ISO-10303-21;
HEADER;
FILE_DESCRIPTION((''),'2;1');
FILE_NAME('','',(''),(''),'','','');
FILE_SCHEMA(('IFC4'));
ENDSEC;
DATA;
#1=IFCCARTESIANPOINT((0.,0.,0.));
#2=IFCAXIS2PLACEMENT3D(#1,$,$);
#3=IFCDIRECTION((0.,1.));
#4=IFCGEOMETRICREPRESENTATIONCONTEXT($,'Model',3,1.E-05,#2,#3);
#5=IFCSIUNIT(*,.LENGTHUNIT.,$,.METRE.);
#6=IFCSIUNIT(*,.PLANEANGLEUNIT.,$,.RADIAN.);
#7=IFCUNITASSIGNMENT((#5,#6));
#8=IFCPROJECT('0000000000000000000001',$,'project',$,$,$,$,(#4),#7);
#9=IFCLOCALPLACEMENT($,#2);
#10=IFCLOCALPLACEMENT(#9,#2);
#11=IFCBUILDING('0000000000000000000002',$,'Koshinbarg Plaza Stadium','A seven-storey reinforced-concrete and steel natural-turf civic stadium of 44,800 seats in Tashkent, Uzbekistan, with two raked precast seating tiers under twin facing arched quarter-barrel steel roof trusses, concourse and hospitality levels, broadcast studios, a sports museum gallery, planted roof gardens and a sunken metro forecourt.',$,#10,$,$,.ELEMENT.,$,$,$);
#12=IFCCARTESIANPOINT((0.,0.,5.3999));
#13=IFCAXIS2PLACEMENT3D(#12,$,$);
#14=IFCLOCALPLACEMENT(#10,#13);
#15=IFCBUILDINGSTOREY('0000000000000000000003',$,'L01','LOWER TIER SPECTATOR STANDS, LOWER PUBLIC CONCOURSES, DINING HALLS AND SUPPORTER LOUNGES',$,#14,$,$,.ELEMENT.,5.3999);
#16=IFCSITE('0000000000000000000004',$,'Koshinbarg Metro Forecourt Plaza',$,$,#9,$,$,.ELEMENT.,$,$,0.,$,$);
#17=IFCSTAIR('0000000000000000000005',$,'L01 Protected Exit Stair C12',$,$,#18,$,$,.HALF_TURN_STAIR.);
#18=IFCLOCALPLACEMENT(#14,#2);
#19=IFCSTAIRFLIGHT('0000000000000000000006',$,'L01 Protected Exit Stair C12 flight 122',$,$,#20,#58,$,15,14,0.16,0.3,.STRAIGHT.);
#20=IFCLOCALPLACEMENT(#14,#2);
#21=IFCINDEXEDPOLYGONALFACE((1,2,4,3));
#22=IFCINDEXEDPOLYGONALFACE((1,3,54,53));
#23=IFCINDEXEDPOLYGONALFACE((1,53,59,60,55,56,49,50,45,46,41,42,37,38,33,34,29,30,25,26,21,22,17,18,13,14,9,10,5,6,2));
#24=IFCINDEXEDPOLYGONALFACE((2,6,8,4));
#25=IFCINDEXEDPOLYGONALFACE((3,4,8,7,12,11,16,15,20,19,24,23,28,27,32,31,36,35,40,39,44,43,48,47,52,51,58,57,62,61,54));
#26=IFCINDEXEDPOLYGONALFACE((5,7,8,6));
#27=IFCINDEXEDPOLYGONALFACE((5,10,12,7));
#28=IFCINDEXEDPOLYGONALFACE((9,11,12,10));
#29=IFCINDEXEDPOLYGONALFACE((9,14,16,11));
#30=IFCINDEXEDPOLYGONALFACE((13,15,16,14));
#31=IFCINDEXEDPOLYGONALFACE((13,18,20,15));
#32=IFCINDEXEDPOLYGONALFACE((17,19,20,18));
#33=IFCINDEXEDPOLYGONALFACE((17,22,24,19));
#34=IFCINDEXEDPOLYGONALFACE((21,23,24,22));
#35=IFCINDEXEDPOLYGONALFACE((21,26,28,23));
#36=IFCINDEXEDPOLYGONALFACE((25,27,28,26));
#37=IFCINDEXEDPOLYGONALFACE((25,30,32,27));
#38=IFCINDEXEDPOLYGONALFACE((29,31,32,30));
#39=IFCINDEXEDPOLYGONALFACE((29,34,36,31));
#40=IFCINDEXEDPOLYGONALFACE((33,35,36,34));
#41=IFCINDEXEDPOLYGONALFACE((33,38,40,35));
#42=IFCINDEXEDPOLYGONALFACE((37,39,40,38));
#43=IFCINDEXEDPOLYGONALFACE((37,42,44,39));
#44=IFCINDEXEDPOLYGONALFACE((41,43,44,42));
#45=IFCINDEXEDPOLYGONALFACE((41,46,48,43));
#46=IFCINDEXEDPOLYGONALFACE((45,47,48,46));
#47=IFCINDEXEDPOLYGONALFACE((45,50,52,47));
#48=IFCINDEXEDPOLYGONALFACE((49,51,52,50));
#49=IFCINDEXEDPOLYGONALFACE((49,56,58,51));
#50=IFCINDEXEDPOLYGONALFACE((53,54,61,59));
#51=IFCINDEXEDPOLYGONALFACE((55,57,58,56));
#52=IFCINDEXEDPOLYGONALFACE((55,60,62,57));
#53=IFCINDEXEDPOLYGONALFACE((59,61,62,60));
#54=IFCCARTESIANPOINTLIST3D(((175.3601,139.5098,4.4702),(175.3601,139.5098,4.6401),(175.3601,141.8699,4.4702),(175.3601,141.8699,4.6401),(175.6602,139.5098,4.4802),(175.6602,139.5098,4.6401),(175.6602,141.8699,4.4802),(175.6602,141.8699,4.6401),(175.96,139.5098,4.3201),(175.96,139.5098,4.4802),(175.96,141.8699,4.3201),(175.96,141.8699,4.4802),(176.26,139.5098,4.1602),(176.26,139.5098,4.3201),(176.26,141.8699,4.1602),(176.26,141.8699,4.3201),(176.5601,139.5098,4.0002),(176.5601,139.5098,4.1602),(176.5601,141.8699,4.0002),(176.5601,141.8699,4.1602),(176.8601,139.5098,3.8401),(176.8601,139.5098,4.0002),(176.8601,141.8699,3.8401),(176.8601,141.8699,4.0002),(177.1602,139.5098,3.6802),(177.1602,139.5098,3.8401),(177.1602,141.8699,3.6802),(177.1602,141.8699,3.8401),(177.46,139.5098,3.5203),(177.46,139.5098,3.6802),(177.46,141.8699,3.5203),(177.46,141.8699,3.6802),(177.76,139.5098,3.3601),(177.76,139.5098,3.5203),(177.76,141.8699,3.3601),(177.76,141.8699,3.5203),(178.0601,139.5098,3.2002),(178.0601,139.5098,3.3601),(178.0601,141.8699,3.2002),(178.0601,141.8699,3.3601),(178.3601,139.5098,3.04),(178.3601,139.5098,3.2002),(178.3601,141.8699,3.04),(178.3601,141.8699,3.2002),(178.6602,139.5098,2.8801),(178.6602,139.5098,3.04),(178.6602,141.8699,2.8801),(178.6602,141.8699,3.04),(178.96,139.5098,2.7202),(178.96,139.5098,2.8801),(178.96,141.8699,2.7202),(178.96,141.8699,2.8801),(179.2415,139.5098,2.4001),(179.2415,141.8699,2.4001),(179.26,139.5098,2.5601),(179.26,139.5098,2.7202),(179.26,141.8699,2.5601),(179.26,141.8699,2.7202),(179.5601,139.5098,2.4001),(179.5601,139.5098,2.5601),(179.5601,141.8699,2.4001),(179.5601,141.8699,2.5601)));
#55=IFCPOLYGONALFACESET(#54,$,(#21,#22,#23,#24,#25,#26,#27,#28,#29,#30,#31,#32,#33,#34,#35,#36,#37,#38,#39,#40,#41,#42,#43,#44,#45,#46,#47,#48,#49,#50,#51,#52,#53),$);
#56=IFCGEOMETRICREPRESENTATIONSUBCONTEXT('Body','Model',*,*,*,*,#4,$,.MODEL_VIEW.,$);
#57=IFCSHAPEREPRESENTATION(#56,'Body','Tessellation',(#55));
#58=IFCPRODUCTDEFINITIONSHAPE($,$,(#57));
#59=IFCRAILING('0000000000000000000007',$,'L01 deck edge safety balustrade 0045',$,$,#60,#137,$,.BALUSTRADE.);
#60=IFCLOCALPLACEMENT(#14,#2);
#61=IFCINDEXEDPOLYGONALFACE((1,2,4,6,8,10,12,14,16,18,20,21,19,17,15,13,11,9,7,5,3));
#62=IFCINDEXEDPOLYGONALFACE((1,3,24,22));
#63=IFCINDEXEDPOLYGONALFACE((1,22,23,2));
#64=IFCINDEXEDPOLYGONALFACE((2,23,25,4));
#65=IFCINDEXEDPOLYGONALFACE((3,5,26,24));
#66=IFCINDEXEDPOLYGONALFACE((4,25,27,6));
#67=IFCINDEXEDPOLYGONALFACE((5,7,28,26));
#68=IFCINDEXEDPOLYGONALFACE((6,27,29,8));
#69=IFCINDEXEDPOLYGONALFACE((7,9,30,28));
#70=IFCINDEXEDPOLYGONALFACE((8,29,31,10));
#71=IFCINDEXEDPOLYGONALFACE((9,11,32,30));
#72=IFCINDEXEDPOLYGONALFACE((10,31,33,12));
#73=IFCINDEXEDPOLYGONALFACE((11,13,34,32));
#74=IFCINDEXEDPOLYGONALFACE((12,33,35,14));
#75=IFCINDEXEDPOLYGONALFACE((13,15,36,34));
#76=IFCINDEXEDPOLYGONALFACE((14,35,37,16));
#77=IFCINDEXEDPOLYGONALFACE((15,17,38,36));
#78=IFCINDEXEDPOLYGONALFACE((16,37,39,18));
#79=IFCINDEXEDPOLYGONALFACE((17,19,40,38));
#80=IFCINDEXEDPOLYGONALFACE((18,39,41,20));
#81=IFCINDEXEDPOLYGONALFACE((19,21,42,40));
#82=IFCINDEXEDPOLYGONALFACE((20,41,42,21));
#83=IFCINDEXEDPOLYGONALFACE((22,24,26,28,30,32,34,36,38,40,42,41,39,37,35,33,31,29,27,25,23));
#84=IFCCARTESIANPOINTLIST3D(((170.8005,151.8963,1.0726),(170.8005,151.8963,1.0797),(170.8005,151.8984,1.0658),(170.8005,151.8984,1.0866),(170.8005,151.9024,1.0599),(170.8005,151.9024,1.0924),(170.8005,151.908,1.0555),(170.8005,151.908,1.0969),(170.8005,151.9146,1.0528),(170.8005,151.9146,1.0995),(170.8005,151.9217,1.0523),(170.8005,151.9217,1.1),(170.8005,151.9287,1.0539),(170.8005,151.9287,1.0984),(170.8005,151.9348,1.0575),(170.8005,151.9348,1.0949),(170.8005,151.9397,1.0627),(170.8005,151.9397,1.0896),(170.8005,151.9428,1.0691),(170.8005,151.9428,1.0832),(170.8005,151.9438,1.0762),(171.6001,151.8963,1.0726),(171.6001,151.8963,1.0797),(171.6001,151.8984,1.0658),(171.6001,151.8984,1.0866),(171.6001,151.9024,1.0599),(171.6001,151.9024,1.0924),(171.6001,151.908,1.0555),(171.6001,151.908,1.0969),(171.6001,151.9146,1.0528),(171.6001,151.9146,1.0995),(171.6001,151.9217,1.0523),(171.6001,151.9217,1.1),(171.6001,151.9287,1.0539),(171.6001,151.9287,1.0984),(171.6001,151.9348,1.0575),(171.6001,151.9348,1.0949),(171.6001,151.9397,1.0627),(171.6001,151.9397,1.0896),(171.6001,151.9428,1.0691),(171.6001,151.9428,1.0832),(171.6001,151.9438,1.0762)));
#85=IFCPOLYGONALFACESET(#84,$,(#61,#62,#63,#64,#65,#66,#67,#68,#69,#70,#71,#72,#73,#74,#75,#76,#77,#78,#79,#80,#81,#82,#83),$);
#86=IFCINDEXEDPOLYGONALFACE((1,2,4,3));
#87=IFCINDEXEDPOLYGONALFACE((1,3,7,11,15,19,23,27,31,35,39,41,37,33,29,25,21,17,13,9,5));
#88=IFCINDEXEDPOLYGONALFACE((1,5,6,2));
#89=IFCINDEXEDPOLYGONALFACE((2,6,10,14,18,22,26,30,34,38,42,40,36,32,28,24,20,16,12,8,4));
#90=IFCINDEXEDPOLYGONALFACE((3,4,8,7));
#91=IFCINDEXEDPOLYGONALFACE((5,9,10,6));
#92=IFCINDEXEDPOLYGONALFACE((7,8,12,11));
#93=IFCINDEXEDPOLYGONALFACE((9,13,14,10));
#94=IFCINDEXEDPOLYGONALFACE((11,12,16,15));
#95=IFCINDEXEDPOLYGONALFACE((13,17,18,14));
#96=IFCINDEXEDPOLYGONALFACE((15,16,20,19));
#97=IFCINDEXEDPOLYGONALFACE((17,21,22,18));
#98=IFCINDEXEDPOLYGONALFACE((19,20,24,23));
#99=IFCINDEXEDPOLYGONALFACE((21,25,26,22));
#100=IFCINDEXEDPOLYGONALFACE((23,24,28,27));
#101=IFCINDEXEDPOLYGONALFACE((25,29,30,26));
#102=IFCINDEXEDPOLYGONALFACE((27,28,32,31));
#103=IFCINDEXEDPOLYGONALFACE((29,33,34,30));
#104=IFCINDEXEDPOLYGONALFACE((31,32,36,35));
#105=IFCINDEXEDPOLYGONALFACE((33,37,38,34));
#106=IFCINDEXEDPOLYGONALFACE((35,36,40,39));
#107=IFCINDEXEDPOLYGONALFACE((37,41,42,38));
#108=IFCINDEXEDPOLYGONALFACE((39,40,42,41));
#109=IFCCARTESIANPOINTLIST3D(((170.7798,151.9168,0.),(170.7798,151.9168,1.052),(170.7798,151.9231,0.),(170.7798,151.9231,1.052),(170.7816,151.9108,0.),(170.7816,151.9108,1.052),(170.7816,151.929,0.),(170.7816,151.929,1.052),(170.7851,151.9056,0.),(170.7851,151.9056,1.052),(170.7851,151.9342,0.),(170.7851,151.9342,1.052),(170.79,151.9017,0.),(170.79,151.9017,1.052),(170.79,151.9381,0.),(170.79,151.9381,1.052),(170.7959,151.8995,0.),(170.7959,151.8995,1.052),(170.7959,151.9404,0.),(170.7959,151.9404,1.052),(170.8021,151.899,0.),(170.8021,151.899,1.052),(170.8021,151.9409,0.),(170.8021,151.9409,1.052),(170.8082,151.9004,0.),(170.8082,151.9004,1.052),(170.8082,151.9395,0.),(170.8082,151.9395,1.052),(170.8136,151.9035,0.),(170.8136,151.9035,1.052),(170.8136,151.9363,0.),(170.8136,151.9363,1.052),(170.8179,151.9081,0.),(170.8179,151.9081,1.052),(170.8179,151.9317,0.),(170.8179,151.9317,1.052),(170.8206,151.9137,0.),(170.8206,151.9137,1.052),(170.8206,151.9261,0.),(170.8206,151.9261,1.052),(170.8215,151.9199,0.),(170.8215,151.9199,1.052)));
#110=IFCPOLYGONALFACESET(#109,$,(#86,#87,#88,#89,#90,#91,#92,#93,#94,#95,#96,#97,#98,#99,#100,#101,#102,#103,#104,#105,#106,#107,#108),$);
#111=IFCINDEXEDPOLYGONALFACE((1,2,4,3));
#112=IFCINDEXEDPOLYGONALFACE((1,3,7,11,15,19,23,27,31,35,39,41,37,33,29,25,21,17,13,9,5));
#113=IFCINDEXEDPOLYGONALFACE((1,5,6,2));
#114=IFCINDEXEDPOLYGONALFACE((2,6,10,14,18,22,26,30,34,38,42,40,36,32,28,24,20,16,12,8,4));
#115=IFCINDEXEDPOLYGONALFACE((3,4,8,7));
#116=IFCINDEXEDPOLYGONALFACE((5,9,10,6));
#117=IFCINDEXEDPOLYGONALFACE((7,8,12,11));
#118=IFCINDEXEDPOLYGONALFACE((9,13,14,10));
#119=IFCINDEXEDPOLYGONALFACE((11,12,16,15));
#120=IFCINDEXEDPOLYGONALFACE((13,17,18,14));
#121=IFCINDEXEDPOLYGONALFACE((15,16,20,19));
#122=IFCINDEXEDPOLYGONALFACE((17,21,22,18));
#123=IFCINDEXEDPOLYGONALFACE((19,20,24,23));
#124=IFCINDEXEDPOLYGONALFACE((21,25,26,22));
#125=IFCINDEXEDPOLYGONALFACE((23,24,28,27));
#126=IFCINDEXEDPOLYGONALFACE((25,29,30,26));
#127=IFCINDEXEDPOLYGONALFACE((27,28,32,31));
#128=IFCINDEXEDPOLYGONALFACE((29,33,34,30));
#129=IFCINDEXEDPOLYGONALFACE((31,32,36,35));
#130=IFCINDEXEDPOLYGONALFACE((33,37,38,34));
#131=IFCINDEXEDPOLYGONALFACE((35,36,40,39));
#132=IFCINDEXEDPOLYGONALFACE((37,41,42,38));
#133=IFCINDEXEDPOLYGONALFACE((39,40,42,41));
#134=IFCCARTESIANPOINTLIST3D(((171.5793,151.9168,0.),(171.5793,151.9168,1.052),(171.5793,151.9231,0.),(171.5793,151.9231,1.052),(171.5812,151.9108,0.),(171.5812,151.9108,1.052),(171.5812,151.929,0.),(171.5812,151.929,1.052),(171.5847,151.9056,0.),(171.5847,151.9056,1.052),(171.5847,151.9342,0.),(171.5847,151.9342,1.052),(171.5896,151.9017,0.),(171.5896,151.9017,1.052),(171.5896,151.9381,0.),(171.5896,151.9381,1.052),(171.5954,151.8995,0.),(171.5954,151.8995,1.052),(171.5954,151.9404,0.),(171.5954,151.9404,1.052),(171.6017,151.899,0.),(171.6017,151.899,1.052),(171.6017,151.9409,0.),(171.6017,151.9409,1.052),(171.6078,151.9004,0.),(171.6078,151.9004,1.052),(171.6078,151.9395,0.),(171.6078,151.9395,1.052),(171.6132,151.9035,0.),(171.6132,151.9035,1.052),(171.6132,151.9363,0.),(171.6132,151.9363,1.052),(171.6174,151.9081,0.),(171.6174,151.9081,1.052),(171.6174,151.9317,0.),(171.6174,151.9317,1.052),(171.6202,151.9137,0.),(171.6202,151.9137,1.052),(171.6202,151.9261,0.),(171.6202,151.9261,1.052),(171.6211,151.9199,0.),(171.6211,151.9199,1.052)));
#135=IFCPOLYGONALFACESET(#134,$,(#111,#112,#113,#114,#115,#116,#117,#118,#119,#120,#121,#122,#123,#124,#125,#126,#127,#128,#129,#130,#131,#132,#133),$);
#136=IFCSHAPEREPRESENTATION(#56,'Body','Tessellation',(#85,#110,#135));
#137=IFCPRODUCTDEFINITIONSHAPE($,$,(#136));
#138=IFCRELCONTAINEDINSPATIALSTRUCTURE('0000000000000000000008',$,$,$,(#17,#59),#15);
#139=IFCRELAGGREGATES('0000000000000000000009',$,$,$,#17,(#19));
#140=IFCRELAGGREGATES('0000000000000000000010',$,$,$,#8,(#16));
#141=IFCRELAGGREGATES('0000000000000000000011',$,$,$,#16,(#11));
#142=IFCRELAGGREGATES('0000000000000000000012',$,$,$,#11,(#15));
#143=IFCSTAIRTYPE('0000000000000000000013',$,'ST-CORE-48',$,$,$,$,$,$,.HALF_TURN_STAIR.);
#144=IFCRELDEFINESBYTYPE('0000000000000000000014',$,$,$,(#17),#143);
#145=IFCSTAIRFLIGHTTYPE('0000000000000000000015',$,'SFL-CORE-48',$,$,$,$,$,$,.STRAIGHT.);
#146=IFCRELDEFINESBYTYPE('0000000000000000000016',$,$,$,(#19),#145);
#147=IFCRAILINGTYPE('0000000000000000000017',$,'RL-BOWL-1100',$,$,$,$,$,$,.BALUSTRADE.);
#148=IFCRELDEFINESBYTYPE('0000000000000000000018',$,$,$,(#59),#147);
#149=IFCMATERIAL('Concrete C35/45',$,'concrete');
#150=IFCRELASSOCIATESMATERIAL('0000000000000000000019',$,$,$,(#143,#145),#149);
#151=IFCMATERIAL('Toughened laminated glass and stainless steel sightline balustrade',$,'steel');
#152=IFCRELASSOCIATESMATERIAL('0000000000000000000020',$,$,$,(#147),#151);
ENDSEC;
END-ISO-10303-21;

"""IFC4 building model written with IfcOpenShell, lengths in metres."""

from ifc_helpers import new_model, si_unit, direction, frame, origin, origin_2d, place, context, subcontext, project, spatial, polyline, circle, outline, extrude, material, type_object, element, aggregate, save


model = new_model("IFC4")

# Units and contexts
model_context = context("Model", 3, precision=1e-05, world=origin(), true_north=direction((0.0, 1.0)))
body_context = subcontext(model_context, "Body", "Model", "MODEL_VIEW")
ifc_project = project(units=[si_unit("LENGTHUNIT", "METRE"), si_unit("PLANEANGLEUNIT", "RADIAN")], contexts=[model_context])

# Site, building, storey
site_placement = place(None, origin())
site = spatial("IfcSite", under=ifc_project, at=site_placement, Name="Koshinbarg Metro Forecourt Plaza", CompositionType="ELEMENT", RefElevation=0.0)
building_placement = place(site_placement, origin())
building = spatial("IfcBuilding", under=site, at=building_placement, Name="Koshinbarg Plaza Stadium", Description="A seven-storey reinforced-concrete and steel natural-turf civic stadium of 44,800 seats in Tashkent, Uzbekistan, with two raked precast seating tiers under twin facing arched quarter-barrel steel roof trusses, concourse and hospitality levels, broadcast studios, a sports museum gallery, planted roof gardens and a sunken metro forecourt.", CompositionType="ELEMENT")
storey_placement = place(building_placement, frame((0.0, 0.0, 5.3999)))
storey = spatial("IfcBuildingStorey", under=building, at=storey_placement, Name="L01", Description="LOWER TIER SPECTATOR STANDS, LOWER PUBLIC CONCOURSES, DINING HALLS AND SUPPORTER LOUNGES", CompositionType="ELEMENT", Elevation=5.3999)

# Stair, stair flight
ifc_material_1 = material(Name="Concrete C35/45", Category="concrete")
stair_type = type_object("IfcStairType", Name="ST-CORE-48", PredefinedType="HALF_TURN_STAIR", material=ifc_material_1)
stair_placement = place(storey_placement, origin())
stair = element("IfcStair", 1, at=stair_placement, inside=storey, type_object=stair_type, Name="L01 Protected Exit Stair C12", PredefinedType="HALF_TURN_STAIR")
stair_flight_type = type_object("IfcStairFlightType", Name="SFL-CORE-48", PredefinedType="STRAIGHT", material=ifc_material_1)
stair_flight_1_placement = place(storey_placement, frame((179.5601, 140.6899, 2.4001), z_axis=(0.0, 0.0, 1.0), x_axis=(-1.0, 0.0, 0.0)))
stair_flight_1 = element("IfcStairFlight", 2, at=stair_flight_1_placement, type_object=stair_flight_type, Name="L01 Protected Exit Stair C12 flight 122", NumberOfRisers=15, NumberOfTreads=14, PredefinedType="STRAIGHT", RiserHeight=0.16, TreadLength=0.3, context=body_context, shape_type="SweptSolid", body=[
    extrude(outline(polyline([(0.0, 0.0), (0.0, 0.1599), (0.3, 0.1599), (0.3, 0.3201), (0.6001, 0.3201), (0.6001, 0.48), (0.8999, 0.48), (0.8999, 0.6399), (1.2, 0.6399), (1.2, 0.8), (1.5, 0.8), (1.5, 0.96), (1.8, 0.96), (1.8, 1.1201), (2.1001, 1.1201), (2.1001, 1.28), (2.3999, 1.28), (2.3999, 1.4399), (2.7, 1.4399), (2.7, 1.6001), (3.0, 1.6001), (3.0, 1.76), (3.3, 1.76), (3.3, 1.9199), (3.6001, 1.9199), (3.6001, 2.0801), (3.8999, 2.0801), (3.8999, 2.24), (4.2, 2.24), (4.2, 2.3999), (4.2, 2.0701), (0.3186, 0.0), (0.0, 0.0)])), frame((0.0, 1.1802, 0.0), z_axis=(0.0, -1.0, 0.0), x_axis=(1.0, 0.0, 0.0)), (0.0, 0.0, 1.0), 2.3601),
])
aggregate(stair, [stair_flight_1])

# Railing
ifc_material_2 = material(Name="Toughened laminated glass and stainless steel sightline balustrade", Category="steel")
railing_type_1 = type_object("IfcRailingType", Name="RL-BOWL-1100", PredefinedType="BALUSTRADE", material=ifc_material_2)
railing_1_placement = place(storey_placement, frame((170.8005, 151.9199, 0.0)))
element("IfcRailing", 3, at=railing_1_placement, inside=storey, type_object=railing_type_1, Name="L01 deck edge safety balustrade 0045", PredefinedType="BALUSTRADE", context=body_context, shape_type="SweptSolid", body=[
    extrude(circle(Radius=0.0239, at=origin_2d()), frame((0.0, 0.0, 1.0762), z_axis=(1.0, 0.0, 0.0), x_axis=(0.0, 1.0, 0.0)), (0.0, 0.0, 1.0), 0.7996),
    extrude(circle(Radius=0.021, at=origin_2d()), origin(), (0.0, 0.0, 1.0), 1.052),
    extrude(circle(Radius=0.021, at=origin_2d()), frame((0.7996, 0.0, 0.0)), (0.0, 0.0, 1.0), 1.052),
])

save(model, "model.ifc")
